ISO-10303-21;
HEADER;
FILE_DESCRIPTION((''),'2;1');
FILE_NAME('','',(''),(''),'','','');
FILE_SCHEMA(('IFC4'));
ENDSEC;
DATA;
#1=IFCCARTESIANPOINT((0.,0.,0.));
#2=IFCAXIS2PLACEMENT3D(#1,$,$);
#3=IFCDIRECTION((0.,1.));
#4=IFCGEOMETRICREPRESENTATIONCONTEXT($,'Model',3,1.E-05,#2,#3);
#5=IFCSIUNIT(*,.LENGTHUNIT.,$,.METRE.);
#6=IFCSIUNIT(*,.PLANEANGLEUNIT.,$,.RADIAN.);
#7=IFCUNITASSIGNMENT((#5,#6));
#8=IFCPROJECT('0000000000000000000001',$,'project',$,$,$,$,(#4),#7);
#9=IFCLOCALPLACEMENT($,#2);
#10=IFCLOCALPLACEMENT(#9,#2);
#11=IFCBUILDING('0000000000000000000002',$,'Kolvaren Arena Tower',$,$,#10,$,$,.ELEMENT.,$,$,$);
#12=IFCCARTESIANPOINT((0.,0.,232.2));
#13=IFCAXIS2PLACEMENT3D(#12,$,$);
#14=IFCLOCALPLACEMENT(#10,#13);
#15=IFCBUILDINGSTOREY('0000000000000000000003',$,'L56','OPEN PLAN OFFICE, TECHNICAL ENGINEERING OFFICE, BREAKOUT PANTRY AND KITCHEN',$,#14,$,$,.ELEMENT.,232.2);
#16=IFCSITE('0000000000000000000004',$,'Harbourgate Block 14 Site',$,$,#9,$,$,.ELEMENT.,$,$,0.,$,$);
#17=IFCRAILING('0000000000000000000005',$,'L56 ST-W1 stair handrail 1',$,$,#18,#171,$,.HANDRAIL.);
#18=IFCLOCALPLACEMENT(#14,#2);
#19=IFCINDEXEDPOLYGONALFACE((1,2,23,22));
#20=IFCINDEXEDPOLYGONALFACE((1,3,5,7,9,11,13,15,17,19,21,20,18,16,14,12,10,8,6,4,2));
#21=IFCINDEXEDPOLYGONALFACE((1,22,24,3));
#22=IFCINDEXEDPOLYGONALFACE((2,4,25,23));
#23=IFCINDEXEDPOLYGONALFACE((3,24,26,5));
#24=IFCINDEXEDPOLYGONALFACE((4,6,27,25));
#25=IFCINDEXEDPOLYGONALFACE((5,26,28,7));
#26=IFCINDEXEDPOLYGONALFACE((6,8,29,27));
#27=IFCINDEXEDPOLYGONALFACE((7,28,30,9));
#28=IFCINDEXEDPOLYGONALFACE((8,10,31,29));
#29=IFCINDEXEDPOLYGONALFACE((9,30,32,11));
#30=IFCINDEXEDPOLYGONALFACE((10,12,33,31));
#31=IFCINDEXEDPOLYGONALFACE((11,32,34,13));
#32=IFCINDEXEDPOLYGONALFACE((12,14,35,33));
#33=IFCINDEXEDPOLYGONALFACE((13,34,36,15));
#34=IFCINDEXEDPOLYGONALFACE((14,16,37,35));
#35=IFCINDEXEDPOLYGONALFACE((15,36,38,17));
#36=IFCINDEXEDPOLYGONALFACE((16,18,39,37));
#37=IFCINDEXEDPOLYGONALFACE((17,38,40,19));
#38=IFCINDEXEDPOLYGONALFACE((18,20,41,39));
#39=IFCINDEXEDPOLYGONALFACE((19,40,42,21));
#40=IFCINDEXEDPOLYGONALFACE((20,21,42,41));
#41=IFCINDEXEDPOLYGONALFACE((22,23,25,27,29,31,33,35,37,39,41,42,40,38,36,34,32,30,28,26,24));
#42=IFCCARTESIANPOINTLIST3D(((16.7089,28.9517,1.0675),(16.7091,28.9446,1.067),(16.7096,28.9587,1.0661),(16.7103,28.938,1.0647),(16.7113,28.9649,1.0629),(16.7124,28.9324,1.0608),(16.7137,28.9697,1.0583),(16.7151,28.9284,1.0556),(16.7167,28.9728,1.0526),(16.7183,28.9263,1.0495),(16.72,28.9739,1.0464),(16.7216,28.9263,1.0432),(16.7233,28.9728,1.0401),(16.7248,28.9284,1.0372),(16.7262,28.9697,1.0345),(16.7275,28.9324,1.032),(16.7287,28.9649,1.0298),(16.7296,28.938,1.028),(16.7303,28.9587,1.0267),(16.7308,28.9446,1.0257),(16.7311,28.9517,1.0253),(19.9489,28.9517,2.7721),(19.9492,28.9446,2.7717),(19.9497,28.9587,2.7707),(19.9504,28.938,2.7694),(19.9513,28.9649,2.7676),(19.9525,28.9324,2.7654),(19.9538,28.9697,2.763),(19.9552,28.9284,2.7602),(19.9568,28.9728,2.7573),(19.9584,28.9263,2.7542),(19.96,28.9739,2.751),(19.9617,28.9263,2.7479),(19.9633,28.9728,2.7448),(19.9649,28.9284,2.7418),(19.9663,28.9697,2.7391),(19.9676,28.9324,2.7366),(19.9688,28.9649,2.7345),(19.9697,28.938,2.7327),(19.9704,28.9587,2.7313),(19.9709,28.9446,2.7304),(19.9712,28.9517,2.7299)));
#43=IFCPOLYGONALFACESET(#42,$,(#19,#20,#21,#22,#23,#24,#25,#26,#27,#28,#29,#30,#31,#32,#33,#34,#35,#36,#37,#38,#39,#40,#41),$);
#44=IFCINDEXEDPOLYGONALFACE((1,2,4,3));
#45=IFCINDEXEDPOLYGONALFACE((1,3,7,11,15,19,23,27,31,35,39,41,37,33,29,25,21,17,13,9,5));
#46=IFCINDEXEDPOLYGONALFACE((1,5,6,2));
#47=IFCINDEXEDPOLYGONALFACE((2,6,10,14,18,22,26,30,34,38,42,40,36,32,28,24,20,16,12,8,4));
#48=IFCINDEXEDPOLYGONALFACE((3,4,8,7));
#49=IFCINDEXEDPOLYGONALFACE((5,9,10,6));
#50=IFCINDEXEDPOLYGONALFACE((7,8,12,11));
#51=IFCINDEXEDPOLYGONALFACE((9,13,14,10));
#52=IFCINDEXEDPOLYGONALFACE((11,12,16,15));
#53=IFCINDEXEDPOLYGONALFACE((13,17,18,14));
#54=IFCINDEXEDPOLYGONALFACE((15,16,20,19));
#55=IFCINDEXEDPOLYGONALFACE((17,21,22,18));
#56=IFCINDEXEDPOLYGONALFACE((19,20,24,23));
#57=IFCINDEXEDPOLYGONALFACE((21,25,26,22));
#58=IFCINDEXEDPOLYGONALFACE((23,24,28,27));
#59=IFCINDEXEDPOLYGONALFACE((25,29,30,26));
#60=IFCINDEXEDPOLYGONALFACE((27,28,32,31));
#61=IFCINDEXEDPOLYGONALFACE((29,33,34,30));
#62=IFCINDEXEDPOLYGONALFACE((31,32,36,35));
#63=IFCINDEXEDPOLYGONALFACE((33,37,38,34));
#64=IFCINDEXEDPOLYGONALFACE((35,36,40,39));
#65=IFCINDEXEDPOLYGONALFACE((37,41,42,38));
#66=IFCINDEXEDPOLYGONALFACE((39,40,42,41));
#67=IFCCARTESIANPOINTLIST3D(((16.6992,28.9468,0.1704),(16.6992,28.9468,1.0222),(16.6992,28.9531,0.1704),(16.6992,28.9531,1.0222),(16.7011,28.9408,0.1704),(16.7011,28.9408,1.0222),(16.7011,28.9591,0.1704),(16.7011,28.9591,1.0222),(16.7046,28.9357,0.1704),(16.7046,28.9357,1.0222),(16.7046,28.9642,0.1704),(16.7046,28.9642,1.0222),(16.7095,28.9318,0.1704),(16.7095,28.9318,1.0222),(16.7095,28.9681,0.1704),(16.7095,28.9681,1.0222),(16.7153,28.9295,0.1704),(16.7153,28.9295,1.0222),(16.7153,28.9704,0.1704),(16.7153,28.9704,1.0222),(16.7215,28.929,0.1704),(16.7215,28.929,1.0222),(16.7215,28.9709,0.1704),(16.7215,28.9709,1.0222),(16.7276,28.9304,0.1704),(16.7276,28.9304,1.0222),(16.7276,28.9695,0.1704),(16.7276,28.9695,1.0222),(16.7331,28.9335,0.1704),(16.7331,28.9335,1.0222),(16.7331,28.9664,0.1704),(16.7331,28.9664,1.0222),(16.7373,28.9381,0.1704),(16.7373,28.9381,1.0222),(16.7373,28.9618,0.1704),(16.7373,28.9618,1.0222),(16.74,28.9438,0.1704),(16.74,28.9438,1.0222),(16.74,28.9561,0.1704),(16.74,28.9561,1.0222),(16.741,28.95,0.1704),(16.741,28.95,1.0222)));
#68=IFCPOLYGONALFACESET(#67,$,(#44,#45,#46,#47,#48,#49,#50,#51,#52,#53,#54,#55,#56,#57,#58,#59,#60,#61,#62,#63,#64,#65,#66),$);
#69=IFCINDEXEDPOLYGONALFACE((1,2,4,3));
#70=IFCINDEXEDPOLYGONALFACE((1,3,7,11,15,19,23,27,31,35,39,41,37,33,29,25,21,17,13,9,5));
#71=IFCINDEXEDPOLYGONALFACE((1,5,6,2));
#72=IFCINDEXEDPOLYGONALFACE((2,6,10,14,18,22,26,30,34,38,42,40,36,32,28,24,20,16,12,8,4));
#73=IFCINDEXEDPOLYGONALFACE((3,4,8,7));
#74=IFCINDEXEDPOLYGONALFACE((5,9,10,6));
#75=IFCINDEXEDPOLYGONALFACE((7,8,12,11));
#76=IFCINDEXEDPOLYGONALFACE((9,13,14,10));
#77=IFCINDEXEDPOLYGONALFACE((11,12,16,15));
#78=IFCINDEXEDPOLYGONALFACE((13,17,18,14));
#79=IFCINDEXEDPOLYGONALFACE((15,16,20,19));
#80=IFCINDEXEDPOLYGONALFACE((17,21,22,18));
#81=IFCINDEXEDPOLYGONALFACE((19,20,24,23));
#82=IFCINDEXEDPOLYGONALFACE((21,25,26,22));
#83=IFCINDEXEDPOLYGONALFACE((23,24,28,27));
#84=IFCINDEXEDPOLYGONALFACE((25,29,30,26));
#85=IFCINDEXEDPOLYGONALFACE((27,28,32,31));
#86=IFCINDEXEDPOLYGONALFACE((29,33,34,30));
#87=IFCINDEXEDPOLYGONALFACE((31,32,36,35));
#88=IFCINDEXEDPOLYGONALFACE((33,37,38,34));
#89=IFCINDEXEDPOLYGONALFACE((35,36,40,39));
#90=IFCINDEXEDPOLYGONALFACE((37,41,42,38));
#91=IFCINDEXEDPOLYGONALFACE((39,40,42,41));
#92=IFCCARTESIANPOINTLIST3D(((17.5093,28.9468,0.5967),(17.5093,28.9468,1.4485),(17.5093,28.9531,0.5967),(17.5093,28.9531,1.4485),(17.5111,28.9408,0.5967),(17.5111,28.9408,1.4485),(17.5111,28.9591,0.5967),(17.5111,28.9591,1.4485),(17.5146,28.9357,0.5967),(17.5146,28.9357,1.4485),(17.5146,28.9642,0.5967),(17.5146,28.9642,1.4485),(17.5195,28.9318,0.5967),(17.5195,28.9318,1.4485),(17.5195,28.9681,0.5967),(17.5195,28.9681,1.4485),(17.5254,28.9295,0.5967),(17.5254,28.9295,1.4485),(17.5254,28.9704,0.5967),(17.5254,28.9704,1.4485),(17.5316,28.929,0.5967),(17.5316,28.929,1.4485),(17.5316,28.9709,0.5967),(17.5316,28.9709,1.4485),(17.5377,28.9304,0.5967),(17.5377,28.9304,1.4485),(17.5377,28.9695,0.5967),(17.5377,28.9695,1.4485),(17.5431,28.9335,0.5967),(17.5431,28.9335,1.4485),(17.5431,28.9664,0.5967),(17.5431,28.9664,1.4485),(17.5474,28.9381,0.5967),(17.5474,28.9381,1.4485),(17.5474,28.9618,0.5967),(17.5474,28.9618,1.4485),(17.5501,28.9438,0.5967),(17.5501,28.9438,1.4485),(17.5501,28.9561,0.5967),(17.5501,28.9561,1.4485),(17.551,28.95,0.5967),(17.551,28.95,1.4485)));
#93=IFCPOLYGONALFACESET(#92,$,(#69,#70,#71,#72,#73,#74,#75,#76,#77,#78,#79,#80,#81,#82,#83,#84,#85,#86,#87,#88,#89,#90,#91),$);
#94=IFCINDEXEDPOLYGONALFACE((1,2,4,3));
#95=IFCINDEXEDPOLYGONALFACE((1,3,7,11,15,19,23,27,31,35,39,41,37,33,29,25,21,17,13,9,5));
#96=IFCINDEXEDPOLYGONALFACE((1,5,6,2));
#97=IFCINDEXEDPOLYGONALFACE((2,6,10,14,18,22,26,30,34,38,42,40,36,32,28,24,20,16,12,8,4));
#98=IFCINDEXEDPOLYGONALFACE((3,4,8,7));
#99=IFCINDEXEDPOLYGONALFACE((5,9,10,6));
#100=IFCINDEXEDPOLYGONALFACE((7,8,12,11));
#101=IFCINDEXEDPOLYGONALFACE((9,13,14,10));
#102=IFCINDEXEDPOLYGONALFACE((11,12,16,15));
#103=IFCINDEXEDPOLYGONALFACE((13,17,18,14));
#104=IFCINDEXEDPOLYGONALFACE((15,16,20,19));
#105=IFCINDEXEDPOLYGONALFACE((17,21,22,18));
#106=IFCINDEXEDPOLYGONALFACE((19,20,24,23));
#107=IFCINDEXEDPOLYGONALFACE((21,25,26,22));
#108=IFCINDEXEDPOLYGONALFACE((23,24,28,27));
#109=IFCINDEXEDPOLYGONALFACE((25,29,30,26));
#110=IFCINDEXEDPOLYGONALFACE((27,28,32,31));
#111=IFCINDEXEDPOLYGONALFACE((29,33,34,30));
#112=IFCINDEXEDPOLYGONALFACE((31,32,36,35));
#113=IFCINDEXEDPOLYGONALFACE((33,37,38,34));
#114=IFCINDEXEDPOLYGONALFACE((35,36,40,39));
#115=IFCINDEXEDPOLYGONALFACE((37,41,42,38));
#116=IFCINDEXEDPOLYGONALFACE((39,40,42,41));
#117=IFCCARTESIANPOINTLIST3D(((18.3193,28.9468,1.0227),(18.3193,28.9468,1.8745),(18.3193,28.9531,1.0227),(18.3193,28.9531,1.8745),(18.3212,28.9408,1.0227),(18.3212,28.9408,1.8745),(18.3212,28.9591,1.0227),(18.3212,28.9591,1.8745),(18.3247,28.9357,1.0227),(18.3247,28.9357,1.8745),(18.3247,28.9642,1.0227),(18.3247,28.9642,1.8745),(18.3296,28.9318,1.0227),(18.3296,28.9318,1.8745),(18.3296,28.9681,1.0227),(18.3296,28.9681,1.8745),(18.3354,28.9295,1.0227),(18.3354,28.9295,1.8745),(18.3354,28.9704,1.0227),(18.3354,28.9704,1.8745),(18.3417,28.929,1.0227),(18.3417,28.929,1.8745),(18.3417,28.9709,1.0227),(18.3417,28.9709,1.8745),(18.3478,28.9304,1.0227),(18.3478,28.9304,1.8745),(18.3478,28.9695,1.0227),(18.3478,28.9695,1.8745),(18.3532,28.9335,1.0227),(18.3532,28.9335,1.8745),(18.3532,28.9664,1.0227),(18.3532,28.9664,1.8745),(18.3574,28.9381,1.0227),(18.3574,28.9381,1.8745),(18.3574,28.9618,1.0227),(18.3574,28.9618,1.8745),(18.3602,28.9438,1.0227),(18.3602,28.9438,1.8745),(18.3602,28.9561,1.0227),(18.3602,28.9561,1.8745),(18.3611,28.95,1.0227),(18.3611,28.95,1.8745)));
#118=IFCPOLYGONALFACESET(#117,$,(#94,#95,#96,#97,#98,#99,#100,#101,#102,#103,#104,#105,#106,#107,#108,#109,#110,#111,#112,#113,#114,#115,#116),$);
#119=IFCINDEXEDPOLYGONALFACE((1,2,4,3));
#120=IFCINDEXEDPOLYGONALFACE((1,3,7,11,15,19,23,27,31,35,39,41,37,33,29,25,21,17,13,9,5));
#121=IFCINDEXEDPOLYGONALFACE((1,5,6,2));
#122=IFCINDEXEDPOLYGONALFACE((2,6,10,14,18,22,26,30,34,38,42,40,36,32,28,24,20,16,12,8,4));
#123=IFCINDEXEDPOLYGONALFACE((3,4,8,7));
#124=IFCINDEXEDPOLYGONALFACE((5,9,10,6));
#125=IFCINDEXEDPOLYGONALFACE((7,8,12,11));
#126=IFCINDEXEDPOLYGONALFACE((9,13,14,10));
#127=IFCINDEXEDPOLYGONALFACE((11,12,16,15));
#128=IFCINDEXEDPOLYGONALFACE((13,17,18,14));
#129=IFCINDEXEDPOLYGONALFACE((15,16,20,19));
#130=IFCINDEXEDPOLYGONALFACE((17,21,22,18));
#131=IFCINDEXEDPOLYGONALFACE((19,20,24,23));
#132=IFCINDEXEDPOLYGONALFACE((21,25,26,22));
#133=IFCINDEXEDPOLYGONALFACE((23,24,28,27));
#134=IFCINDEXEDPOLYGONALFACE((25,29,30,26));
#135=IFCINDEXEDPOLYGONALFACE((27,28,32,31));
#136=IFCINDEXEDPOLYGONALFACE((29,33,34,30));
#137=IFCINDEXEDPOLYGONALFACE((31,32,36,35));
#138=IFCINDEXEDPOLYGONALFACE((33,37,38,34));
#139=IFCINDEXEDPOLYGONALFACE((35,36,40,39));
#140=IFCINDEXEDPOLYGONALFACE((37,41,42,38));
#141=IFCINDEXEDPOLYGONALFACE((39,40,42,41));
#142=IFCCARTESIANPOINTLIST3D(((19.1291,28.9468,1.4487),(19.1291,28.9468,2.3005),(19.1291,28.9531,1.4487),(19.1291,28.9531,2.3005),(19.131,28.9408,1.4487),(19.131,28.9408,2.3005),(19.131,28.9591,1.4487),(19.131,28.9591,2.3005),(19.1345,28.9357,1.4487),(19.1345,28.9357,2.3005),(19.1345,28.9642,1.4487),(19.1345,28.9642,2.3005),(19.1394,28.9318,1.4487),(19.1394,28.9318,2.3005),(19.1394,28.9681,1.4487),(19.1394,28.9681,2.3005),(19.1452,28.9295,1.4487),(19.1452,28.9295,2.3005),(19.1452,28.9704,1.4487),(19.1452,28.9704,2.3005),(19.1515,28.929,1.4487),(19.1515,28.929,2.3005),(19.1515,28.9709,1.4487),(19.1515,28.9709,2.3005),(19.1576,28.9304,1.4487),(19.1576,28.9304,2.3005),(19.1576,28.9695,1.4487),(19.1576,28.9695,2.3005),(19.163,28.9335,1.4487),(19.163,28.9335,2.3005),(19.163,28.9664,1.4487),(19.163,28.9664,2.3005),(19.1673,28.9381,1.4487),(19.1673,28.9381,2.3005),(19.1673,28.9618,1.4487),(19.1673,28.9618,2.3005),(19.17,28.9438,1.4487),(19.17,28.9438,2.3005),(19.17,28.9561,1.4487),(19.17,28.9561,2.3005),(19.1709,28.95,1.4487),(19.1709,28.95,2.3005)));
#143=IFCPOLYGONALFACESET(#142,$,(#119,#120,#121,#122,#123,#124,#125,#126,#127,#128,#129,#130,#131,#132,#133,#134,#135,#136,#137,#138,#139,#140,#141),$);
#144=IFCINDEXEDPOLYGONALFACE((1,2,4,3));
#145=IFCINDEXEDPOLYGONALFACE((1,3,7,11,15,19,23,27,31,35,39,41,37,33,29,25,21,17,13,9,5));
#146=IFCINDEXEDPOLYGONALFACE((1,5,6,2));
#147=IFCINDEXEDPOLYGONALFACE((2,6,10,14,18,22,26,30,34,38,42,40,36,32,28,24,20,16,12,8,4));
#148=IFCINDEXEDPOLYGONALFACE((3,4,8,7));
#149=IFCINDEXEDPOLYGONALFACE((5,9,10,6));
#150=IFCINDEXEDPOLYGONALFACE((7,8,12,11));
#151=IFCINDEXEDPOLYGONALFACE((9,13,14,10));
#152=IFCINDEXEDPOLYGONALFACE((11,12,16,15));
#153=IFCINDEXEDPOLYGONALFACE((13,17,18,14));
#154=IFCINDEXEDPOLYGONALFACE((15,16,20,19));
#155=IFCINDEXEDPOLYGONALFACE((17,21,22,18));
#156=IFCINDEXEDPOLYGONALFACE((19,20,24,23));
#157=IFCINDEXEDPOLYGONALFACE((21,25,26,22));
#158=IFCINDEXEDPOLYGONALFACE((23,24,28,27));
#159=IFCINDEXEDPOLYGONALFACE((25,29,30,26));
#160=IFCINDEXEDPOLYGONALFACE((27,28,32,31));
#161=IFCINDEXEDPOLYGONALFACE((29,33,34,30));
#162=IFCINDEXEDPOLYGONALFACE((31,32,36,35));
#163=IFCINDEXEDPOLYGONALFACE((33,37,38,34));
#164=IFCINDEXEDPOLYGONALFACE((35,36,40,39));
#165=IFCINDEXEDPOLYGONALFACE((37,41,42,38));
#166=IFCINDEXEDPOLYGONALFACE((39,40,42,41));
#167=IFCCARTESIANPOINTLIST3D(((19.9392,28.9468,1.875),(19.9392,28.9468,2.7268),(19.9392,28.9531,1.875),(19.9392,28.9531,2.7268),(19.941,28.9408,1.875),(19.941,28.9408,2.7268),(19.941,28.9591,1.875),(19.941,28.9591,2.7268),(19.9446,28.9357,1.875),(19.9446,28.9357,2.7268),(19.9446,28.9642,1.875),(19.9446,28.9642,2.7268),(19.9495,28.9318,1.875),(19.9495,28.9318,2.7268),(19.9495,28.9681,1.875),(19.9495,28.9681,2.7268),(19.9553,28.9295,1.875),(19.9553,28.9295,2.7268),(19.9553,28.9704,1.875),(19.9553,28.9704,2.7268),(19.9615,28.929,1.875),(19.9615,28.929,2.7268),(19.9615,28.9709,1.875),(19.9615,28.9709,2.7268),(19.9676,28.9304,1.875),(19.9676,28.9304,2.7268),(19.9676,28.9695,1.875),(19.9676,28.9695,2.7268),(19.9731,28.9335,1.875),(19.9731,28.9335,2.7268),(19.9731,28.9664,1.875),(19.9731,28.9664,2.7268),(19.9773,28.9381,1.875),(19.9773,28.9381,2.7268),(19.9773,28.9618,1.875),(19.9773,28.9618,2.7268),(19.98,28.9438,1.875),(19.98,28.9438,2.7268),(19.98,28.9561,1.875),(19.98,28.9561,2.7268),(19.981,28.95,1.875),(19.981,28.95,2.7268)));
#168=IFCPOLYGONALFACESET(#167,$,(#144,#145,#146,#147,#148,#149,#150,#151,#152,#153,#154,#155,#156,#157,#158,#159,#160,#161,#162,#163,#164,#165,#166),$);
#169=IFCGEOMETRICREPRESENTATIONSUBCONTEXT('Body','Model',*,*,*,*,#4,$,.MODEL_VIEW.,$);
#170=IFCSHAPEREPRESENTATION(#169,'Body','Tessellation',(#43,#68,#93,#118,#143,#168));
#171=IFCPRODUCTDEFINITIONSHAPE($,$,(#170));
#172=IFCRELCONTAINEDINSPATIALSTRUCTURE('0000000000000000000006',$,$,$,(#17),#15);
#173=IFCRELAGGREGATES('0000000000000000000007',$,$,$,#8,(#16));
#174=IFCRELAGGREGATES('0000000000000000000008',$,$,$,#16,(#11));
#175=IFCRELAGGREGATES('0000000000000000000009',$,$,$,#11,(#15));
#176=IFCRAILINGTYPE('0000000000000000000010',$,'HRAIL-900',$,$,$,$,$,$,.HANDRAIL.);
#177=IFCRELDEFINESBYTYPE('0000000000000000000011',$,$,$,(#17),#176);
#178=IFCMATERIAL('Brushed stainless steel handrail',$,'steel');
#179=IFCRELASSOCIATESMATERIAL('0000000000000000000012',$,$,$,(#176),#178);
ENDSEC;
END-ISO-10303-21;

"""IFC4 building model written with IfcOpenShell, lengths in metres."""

from ifc_helpers import new_model, si_unit, direction, frame, origin, origin_2d, place, context, subcontext, project, spatial, circle, extrude, material, type_object, element, save


model = new_model("IFC4")

# Units and contexts
model_context = context("Model", 3, precision=1e-05, world=origin(), true_north=direction((0.0, 1.0)))
body_context = subcontext(model_context, "Body", "Model", "MODEL_VIEW")
ifc_project = project(units=[si_unit("LENGTHUNIT", "METRE"), si_unit("PLANEANGLEUNIT", "RADIAN")], contexts=[model_context])

# Site, building, storey
site_placement = place(None, origin())
site = spatial("IfcSite", under=ifc_project, at=site_placement, Name="Harbourgate Block 14 Site", CompositionType="ELEMENT", RefElevation=0.0)
building_placement = place(site_placement, origin())
building = spatial("IfcBuilding", under=site, at=building_placement, Name="Kolvaren Arena Tower", CompositionType="ELEMENT")
storey_placement = place(building_placement, frame((0.0, 0.0, 232.2)))
storey = spatial("IfcBuildingStorey", under=building, at=storey_placement, Name="L56", Description="OPEN PLAN OFFICE, TECHNICAL ENGINEERING OFFICE, BREAKOUT PANTRY AND KITCHEN", CompositionType="ELEMENT", Elevation=232.2)

# Railing
ifc_material_1 = material(Name="Brushed stainless steel handrail", Category="steel")
railing_type_1 = type_object("IfcRailingType", Name="HRAIL-900", PredefinedType="HANDRAIL", material=ifc_material_1)
railing_1_placement = place(storey_placement, frame((16.72, 28.95, 0.1704)))
element("IfcRailing", 1, at=railing_1_placement, inside=storey, type_object=railing_type_1, Name="L56 ST-W1 stair handrail 1", PredefinedType="HANDRAIL", context=body_context, shape_type="SweptSolid", body=[
    extrude(circle(Radius=0.0239, at=origin_2d()), frame((0.0, 0.0, 0.876), z_axis=(0.884993, 0.0, 0.465604), x_axis=(0.0, 1.0, 0.0)), (0.0, 0.0, 1.0), 3.6611),
    extrude(circle(Radius=0.021, at=origin_2d()), origin(), (0.0, 0.0, 1.0), 0.8518),
    extrude(circle(Radius=0.021, at=origin_2d()), frame((0.8101, 0.0, 0.4263)), (0.0, 0.0, 1.0), 0.8518),
    extrude(circle(Radius=0.021, at=origin_2d()), frame((1.6201, 0.0, 0.8523)), (0.0, 0.0, 1.0), 0.8518),
    extrude(circle(Radius=0.021, at=origin_2d()), frame((2.4299, 0.0, 1.2783)), (0.0, 0.0, 1.0), 0.8518),
    extrude(circle(Radius=0.021, at=origin_2d()), frame((3.24, 0.0, 1.7046)), (0.0, 0.0, 1.0), 0.8518),
])

save(model, "model.ifc")
